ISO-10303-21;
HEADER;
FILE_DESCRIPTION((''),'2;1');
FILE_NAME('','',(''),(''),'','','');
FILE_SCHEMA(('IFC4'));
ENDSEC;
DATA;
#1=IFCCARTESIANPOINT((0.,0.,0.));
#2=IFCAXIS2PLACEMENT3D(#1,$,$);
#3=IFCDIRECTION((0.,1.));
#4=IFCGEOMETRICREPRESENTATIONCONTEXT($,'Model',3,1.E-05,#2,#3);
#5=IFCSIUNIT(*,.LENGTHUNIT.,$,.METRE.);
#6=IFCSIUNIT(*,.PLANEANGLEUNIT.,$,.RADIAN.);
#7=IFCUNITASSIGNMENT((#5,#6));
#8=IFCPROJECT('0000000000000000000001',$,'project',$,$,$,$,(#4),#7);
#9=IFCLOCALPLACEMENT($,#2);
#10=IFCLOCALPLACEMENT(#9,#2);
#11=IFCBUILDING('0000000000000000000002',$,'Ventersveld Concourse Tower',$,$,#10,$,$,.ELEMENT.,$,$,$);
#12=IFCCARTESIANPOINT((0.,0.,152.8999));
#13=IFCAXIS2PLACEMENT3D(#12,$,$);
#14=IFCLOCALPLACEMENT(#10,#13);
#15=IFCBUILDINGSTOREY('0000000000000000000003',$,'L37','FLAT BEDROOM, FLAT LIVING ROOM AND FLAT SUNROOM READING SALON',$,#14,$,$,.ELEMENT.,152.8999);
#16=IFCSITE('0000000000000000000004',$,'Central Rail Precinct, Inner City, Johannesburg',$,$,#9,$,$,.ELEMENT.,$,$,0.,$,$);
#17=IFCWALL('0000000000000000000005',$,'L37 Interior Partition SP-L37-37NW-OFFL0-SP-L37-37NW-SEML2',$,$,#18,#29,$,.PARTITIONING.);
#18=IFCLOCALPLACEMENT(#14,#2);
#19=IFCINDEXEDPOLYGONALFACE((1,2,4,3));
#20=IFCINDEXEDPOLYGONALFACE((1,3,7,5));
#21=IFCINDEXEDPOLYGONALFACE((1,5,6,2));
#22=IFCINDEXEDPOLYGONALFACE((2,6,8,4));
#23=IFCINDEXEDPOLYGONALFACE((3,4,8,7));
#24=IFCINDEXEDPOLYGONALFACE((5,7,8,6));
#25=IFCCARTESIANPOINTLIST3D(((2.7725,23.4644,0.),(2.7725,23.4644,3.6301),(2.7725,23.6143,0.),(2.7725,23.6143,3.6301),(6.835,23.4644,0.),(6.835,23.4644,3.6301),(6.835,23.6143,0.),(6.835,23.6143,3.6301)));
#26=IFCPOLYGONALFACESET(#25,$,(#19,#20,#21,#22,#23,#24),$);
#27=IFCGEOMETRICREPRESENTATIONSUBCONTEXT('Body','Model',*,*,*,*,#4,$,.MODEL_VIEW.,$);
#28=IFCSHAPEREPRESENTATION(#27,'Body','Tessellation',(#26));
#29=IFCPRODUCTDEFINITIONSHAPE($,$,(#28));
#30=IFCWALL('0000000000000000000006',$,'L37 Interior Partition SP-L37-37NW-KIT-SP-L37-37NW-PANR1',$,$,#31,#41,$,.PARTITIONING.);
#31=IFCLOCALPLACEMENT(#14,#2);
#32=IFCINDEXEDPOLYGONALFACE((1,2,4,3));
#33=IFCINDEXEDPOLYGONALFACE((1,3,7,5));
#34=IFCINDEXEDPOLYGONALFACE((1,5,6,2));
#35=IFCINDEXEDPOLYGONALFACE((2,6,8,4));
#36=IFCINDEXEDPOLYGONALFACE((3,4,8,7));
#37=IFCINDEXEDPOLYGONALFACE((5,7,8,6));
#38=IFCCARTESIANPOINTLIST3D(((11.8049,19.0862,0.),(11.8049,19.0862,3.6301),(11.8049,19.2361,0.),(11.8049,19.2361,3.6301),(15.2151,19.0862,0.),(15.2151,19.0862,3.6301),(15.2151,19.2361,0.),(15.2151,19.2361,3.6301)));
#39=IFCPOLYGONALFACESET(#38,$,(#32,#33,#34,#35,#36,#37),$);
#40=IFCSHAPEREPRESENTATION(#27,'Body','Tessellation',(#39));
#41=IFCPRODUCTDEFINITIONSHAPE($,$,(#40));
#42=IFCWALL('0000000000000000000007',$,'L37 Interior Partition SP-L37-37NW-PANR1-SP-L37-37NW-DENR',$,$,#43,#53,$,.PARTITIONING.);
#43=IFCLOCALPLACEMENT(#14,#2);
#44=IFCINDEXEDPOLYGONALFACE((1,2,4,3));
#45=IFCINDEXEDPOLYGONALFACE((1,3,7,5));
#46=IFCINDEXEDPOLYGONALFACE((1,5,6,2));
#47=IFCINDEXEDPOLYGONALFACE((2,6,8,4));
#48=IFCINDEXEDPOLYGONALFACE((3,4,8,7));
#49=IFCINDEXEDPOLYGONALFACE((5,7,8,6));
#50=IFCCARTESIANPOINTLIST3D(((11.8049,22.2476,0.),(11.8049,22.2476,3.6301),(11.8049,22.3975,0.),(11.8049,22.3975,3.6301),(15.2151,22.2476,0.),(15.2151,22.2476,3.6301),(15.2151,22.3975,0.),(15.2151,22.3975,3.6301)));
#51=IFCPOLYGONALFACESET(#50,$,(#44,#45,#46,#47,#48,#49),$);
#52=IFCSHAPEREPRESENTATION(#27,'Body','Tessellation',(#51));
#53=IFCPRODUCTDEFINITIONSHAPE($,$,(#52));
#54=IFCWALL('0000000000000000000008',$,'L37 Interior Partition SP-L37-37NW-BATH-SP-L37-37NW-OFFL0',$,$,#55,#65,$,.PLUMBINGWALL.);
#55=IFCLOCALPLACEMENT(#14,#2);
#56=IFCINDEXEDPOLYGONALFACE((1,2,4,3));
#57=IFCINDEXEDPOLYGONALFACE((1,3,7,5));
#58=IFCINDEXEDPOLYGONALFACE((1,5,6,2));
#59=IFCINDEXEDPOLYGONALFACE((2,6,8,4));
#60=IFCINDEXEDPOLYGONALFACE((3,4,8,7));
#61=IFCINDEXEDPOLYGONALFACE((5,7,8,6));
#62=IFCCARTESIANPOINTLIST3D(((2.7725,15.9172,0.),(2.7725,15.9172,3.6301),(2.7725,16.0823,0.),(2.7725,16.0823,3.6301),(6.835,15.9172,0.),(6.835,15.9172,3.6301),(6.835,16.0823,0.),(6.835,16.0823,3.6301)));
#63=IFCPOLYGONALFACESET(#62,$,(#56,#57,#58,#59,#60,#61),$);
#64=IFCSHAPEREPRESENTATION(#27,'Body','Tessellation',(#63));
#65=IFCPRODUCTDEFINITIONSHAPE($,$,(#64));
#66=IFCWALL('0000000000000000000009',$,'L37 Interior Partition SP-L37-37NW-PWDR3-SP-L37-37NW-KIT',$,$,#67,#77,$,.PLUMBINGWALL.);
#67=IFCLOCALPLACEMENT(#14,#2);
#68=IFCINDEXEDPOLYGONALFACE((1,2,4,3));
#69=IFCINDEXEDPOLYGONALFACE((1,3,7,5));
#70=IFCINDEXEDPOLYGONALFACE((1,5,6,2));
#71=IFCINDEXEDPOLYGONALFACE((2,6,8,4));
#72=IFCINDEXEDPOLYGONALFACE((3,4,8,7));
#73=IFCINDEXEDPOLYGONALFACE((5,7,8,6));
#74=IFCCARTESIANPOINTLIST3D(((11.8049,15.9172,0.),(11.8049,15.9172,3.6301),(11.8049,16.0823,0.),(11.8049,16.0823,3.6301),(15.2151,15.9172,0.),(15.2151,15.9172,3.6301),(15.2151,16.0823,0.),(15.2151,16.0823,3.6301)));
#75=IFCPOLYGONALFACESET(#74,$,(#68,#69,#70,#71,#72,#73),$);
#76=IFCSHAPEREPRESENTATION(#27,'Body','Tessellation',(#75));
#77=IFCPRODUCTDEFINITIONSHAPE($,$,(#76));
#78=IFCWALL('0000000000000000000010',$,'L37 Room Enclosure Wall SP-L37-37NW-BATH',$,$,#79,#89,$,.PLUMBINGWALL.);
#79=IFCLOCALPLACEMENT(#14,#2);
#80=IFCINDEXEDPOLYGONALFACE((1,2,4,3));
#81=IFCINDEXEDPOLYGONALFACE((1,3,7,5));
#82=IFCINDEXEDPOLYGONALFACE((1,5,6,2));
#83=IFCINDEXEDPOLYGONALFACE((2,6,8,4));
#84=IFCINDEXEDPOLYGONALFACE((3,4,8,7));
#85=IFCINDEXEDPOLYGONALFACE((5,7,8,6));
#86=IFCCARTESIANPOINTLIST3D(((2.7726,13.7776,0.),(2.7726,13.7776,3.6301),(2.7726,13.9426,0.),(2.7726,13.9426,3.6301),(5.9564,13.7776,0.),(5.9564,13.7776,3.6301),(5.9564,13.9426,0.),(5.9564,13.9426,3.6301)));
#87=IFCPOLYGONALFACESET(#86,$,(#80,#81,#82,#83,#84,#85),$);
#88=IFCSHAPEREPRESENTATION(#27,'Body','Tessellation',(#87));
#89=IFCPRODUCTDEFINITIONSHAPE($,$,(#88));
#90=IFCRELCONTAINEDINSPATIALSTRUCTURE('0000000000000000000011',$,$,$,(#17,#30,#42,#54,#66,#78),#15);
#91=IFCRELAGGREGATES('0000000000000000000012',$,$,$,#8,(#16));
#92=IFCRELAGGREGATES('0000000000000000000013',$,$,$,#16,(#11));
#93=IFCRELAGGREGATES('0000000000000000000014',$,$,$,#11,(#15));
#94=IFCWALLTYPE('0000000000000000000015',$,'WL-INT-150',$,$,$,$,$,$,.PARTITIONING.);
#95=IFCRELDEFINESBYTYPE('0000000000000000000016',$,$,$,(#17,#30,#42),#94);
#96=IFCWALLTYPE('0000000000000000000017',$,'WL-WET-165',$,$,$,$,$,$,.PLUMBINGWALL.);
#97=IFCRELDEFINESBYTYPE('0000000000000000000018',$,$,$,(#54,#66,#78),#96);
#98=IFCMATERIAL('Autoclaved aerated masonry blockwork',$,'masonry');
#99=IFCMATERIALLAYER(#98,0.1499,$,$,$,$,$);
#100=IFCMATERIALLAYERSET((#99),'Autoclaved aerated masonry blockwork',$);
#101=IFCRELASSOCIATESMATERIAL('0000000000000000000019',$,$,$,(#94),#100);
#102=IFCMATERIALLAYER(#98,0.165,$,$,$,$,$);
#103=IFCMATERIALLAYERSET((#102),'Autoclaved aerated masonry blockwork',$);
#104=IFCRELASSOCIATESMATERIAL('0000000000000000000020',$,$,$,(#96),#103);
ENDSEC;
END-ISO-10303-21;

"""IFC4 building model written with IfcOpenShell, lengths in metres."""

from ifc_helpers import new_model, si_unit, direction, frame, frame_2d, origin, place, context, subcontext, project, spatial, rectangle, extrude, material, layer, layer_set, type_object, element, save


model = new_model("IFC4")

# Units and contexts
model_context = context("Model", 3, precision=1e-05, world=origin(), true_north=direction((0.0, 1.0)))
body_context = subcontext(model_context, "Body", "Model", "MODEL_VIEW")
ifc_project = project(units=[si_unit("LENGTHUNIT", "METRE"), si_unit("PLANEANGLEUNIT", "RADIAN")], contexts=[model_context])

# Site, building, storey
site_placement = place(None, origin())
site = spatial("IfcSite", under=ifc_project, at=site_placement, Name="Central Rail Precinct, Inner City, Johannesburg", CompositionType="ELEMENT", RefElevation=0.0)
building_placement = place(site_placement, origin())
building = spatial("IfcBuilding", under=site, at=building_placement, Name="Ventersveld Concourse Tower", CompositionType="ELEMENT")
storey_placement = place(building_placement, frame((0.0, 0.0, 152.8999)))
storey = spatial("IfcBuildingStorey", under=building, at=storey_placement, Name="L37", Description="FLAT BEDROOM, FLAT LIVING ROOM AND FLAT SUNROOM READING SALON", CompositionType="ELEMENT", Elevation=152.8999)

# Shared definitions
ifc_material_1 = material(Name="Autoclaved aerated masonry blockwork", Category="masonry")
ifc_layer_1 = layer(ifc_material_1, 0.1499)
ifc_layer_set_1 = layer_set([ifc_layer_1], Name="Autoclaved aerated masonry blockwork")
wall_type_1 = type_object("IfcWallType", Name="WL-INT-150", PredefinedType="PARTITIONING", material=ifc_layer_set_1)

# Walls
wall_1_placement = place(storey_placement, frame((2.7725, 23.5393, 0.0), z_axis=(0.0, 0.0, 1.0), x_axis=(1.0, 0.0, 0.0)))
element("IfcWall", 1, at=wall_1_placement, inside=storey, type_object=wall_type_1, Name="L37 Interior Partition SP-L37-37NW-OFFL0-SP-L37-37NW-SEML2", PredefinedType="PARTITIONING", context=body_context, shape_type="SweptSolid", body=[
    extrude(rectangle(XDim=4.0625, YDim=0.1499, at=frame_2d((2.0312, 0.0))), origin(), (0.0, 0.0, 1.0), 3.6301),
])
for number, where, z_axis, x_axis, name in (
    (2, (11.8049, 19.1611, 0.0), (0.0, 0.0, 1.0), (1.0, 0.0, 0.0), "L37 Interior Partition SP-L37-37NW-KIT-SP-L37-37NW-PANR1"),
    (3, (11.8049, 22.3225, 0.0), (0.0, 0.0, 1.0), (1.0, 0.0, 0.0), "L37 Interior Partition SP-L37-37NW-PANR1-SP-L37-37NW-DENR"),
):
    element("IfcWall", number, at=place(storey_placement, frame(where, z_axis=z_axis, x_axis=x_axis)), inside=storey, type_object=wall_type_1, Name=name, PredefinedType="PARTITIONING", context=body_context, shape_type="SweptSolid", body=[
        extrude(rectangle(XDim=3.4102, YDim=0.1499, at=frame_2d((1.7051, 0.0))), origin(), (0.0, 0.0, 1.0), 3.6301),
    ])
ifc_layer_2 = layer(ifc_material_1, 0.165)
ifc_layer_set_2 = layer_set([ifc_layer_2], Name="Autoclaved aerated masonry blockwork")
wall_type_2 = type_object("IfcWallType", Name="WL-WET-165", PredefinedType="PLUMBINGWALL", material=ifc_layer_set_2)
wall_2_placement = place(storey_placement, frame((2.7725, 15.9998, 0.0), z_axis=(0.0, 0.0, 1.0), x_axis=(1.0, 0.0, 0.0)))
element("IfcWall", 4, at=wall_2_placement, inside=storey, type_object=wall_type_2, Name="L37 Interior Partition SP-L37-37NW-BATH-SP-L37-37NW-OFFL0", PredefinedType="PLUMBINGWALL", context=body_context, shape_type="SweptSolid", body=[
    extrude(rectangle(XDim=4.0625, YDim=0.165, at=frame_2d((2.0312, 0.0))), origin(), (0.0, 0.0, 1.0), 3.6301),
])
wall_3_placement = place(storey_placement, frame((11.8049, 15.9998, 0.0), z_axis=(0.0, 0.0, 1.0), x_axis=(1.0, 0.0, 0.0)))
element("IfcWall", 5, at=wall_3_placement, inside=storey, type_object=wall_type_2, Name="L37 Interior Partition SP-L37-37NW-PWDR3-SP-L37-37NW-KIT", PredefinedType="PLUMBINGWALL", context=body_context, shape_type="SweptSolid", body=[
    extrude(rectangle(XDim=3.4102, YDim=0.165, at=frame_2d((1.7051, 0.0))), origin(), (0.0, 0.0, 1.0), 3.6301),
])
wall_4_placement = place(storey_placement, frame((5.9563, 13.8601, 0.0), z_axis=(0.0, 0.0, 1.0), x_axis=(-1.0, 0.0, 0.0)))
element("IfcWall", 6, at=wall_4_placement, inside=storey, type_object=wall_type_2, Name="L37 Room Enclosure Wall SP-L37-37NW-BATH", PredefinedType="PLUMBINGWALL", context=body_context, shape_type="SweptSolid", body=[
    extrude(rectangle(XDim=3.1838, YDim=0.165, at=frame_2d((1.5918, 0.0))), origin(), (0.0, 0.0, 1.0), 3.6301),
])

save(model, "model.ifc")
